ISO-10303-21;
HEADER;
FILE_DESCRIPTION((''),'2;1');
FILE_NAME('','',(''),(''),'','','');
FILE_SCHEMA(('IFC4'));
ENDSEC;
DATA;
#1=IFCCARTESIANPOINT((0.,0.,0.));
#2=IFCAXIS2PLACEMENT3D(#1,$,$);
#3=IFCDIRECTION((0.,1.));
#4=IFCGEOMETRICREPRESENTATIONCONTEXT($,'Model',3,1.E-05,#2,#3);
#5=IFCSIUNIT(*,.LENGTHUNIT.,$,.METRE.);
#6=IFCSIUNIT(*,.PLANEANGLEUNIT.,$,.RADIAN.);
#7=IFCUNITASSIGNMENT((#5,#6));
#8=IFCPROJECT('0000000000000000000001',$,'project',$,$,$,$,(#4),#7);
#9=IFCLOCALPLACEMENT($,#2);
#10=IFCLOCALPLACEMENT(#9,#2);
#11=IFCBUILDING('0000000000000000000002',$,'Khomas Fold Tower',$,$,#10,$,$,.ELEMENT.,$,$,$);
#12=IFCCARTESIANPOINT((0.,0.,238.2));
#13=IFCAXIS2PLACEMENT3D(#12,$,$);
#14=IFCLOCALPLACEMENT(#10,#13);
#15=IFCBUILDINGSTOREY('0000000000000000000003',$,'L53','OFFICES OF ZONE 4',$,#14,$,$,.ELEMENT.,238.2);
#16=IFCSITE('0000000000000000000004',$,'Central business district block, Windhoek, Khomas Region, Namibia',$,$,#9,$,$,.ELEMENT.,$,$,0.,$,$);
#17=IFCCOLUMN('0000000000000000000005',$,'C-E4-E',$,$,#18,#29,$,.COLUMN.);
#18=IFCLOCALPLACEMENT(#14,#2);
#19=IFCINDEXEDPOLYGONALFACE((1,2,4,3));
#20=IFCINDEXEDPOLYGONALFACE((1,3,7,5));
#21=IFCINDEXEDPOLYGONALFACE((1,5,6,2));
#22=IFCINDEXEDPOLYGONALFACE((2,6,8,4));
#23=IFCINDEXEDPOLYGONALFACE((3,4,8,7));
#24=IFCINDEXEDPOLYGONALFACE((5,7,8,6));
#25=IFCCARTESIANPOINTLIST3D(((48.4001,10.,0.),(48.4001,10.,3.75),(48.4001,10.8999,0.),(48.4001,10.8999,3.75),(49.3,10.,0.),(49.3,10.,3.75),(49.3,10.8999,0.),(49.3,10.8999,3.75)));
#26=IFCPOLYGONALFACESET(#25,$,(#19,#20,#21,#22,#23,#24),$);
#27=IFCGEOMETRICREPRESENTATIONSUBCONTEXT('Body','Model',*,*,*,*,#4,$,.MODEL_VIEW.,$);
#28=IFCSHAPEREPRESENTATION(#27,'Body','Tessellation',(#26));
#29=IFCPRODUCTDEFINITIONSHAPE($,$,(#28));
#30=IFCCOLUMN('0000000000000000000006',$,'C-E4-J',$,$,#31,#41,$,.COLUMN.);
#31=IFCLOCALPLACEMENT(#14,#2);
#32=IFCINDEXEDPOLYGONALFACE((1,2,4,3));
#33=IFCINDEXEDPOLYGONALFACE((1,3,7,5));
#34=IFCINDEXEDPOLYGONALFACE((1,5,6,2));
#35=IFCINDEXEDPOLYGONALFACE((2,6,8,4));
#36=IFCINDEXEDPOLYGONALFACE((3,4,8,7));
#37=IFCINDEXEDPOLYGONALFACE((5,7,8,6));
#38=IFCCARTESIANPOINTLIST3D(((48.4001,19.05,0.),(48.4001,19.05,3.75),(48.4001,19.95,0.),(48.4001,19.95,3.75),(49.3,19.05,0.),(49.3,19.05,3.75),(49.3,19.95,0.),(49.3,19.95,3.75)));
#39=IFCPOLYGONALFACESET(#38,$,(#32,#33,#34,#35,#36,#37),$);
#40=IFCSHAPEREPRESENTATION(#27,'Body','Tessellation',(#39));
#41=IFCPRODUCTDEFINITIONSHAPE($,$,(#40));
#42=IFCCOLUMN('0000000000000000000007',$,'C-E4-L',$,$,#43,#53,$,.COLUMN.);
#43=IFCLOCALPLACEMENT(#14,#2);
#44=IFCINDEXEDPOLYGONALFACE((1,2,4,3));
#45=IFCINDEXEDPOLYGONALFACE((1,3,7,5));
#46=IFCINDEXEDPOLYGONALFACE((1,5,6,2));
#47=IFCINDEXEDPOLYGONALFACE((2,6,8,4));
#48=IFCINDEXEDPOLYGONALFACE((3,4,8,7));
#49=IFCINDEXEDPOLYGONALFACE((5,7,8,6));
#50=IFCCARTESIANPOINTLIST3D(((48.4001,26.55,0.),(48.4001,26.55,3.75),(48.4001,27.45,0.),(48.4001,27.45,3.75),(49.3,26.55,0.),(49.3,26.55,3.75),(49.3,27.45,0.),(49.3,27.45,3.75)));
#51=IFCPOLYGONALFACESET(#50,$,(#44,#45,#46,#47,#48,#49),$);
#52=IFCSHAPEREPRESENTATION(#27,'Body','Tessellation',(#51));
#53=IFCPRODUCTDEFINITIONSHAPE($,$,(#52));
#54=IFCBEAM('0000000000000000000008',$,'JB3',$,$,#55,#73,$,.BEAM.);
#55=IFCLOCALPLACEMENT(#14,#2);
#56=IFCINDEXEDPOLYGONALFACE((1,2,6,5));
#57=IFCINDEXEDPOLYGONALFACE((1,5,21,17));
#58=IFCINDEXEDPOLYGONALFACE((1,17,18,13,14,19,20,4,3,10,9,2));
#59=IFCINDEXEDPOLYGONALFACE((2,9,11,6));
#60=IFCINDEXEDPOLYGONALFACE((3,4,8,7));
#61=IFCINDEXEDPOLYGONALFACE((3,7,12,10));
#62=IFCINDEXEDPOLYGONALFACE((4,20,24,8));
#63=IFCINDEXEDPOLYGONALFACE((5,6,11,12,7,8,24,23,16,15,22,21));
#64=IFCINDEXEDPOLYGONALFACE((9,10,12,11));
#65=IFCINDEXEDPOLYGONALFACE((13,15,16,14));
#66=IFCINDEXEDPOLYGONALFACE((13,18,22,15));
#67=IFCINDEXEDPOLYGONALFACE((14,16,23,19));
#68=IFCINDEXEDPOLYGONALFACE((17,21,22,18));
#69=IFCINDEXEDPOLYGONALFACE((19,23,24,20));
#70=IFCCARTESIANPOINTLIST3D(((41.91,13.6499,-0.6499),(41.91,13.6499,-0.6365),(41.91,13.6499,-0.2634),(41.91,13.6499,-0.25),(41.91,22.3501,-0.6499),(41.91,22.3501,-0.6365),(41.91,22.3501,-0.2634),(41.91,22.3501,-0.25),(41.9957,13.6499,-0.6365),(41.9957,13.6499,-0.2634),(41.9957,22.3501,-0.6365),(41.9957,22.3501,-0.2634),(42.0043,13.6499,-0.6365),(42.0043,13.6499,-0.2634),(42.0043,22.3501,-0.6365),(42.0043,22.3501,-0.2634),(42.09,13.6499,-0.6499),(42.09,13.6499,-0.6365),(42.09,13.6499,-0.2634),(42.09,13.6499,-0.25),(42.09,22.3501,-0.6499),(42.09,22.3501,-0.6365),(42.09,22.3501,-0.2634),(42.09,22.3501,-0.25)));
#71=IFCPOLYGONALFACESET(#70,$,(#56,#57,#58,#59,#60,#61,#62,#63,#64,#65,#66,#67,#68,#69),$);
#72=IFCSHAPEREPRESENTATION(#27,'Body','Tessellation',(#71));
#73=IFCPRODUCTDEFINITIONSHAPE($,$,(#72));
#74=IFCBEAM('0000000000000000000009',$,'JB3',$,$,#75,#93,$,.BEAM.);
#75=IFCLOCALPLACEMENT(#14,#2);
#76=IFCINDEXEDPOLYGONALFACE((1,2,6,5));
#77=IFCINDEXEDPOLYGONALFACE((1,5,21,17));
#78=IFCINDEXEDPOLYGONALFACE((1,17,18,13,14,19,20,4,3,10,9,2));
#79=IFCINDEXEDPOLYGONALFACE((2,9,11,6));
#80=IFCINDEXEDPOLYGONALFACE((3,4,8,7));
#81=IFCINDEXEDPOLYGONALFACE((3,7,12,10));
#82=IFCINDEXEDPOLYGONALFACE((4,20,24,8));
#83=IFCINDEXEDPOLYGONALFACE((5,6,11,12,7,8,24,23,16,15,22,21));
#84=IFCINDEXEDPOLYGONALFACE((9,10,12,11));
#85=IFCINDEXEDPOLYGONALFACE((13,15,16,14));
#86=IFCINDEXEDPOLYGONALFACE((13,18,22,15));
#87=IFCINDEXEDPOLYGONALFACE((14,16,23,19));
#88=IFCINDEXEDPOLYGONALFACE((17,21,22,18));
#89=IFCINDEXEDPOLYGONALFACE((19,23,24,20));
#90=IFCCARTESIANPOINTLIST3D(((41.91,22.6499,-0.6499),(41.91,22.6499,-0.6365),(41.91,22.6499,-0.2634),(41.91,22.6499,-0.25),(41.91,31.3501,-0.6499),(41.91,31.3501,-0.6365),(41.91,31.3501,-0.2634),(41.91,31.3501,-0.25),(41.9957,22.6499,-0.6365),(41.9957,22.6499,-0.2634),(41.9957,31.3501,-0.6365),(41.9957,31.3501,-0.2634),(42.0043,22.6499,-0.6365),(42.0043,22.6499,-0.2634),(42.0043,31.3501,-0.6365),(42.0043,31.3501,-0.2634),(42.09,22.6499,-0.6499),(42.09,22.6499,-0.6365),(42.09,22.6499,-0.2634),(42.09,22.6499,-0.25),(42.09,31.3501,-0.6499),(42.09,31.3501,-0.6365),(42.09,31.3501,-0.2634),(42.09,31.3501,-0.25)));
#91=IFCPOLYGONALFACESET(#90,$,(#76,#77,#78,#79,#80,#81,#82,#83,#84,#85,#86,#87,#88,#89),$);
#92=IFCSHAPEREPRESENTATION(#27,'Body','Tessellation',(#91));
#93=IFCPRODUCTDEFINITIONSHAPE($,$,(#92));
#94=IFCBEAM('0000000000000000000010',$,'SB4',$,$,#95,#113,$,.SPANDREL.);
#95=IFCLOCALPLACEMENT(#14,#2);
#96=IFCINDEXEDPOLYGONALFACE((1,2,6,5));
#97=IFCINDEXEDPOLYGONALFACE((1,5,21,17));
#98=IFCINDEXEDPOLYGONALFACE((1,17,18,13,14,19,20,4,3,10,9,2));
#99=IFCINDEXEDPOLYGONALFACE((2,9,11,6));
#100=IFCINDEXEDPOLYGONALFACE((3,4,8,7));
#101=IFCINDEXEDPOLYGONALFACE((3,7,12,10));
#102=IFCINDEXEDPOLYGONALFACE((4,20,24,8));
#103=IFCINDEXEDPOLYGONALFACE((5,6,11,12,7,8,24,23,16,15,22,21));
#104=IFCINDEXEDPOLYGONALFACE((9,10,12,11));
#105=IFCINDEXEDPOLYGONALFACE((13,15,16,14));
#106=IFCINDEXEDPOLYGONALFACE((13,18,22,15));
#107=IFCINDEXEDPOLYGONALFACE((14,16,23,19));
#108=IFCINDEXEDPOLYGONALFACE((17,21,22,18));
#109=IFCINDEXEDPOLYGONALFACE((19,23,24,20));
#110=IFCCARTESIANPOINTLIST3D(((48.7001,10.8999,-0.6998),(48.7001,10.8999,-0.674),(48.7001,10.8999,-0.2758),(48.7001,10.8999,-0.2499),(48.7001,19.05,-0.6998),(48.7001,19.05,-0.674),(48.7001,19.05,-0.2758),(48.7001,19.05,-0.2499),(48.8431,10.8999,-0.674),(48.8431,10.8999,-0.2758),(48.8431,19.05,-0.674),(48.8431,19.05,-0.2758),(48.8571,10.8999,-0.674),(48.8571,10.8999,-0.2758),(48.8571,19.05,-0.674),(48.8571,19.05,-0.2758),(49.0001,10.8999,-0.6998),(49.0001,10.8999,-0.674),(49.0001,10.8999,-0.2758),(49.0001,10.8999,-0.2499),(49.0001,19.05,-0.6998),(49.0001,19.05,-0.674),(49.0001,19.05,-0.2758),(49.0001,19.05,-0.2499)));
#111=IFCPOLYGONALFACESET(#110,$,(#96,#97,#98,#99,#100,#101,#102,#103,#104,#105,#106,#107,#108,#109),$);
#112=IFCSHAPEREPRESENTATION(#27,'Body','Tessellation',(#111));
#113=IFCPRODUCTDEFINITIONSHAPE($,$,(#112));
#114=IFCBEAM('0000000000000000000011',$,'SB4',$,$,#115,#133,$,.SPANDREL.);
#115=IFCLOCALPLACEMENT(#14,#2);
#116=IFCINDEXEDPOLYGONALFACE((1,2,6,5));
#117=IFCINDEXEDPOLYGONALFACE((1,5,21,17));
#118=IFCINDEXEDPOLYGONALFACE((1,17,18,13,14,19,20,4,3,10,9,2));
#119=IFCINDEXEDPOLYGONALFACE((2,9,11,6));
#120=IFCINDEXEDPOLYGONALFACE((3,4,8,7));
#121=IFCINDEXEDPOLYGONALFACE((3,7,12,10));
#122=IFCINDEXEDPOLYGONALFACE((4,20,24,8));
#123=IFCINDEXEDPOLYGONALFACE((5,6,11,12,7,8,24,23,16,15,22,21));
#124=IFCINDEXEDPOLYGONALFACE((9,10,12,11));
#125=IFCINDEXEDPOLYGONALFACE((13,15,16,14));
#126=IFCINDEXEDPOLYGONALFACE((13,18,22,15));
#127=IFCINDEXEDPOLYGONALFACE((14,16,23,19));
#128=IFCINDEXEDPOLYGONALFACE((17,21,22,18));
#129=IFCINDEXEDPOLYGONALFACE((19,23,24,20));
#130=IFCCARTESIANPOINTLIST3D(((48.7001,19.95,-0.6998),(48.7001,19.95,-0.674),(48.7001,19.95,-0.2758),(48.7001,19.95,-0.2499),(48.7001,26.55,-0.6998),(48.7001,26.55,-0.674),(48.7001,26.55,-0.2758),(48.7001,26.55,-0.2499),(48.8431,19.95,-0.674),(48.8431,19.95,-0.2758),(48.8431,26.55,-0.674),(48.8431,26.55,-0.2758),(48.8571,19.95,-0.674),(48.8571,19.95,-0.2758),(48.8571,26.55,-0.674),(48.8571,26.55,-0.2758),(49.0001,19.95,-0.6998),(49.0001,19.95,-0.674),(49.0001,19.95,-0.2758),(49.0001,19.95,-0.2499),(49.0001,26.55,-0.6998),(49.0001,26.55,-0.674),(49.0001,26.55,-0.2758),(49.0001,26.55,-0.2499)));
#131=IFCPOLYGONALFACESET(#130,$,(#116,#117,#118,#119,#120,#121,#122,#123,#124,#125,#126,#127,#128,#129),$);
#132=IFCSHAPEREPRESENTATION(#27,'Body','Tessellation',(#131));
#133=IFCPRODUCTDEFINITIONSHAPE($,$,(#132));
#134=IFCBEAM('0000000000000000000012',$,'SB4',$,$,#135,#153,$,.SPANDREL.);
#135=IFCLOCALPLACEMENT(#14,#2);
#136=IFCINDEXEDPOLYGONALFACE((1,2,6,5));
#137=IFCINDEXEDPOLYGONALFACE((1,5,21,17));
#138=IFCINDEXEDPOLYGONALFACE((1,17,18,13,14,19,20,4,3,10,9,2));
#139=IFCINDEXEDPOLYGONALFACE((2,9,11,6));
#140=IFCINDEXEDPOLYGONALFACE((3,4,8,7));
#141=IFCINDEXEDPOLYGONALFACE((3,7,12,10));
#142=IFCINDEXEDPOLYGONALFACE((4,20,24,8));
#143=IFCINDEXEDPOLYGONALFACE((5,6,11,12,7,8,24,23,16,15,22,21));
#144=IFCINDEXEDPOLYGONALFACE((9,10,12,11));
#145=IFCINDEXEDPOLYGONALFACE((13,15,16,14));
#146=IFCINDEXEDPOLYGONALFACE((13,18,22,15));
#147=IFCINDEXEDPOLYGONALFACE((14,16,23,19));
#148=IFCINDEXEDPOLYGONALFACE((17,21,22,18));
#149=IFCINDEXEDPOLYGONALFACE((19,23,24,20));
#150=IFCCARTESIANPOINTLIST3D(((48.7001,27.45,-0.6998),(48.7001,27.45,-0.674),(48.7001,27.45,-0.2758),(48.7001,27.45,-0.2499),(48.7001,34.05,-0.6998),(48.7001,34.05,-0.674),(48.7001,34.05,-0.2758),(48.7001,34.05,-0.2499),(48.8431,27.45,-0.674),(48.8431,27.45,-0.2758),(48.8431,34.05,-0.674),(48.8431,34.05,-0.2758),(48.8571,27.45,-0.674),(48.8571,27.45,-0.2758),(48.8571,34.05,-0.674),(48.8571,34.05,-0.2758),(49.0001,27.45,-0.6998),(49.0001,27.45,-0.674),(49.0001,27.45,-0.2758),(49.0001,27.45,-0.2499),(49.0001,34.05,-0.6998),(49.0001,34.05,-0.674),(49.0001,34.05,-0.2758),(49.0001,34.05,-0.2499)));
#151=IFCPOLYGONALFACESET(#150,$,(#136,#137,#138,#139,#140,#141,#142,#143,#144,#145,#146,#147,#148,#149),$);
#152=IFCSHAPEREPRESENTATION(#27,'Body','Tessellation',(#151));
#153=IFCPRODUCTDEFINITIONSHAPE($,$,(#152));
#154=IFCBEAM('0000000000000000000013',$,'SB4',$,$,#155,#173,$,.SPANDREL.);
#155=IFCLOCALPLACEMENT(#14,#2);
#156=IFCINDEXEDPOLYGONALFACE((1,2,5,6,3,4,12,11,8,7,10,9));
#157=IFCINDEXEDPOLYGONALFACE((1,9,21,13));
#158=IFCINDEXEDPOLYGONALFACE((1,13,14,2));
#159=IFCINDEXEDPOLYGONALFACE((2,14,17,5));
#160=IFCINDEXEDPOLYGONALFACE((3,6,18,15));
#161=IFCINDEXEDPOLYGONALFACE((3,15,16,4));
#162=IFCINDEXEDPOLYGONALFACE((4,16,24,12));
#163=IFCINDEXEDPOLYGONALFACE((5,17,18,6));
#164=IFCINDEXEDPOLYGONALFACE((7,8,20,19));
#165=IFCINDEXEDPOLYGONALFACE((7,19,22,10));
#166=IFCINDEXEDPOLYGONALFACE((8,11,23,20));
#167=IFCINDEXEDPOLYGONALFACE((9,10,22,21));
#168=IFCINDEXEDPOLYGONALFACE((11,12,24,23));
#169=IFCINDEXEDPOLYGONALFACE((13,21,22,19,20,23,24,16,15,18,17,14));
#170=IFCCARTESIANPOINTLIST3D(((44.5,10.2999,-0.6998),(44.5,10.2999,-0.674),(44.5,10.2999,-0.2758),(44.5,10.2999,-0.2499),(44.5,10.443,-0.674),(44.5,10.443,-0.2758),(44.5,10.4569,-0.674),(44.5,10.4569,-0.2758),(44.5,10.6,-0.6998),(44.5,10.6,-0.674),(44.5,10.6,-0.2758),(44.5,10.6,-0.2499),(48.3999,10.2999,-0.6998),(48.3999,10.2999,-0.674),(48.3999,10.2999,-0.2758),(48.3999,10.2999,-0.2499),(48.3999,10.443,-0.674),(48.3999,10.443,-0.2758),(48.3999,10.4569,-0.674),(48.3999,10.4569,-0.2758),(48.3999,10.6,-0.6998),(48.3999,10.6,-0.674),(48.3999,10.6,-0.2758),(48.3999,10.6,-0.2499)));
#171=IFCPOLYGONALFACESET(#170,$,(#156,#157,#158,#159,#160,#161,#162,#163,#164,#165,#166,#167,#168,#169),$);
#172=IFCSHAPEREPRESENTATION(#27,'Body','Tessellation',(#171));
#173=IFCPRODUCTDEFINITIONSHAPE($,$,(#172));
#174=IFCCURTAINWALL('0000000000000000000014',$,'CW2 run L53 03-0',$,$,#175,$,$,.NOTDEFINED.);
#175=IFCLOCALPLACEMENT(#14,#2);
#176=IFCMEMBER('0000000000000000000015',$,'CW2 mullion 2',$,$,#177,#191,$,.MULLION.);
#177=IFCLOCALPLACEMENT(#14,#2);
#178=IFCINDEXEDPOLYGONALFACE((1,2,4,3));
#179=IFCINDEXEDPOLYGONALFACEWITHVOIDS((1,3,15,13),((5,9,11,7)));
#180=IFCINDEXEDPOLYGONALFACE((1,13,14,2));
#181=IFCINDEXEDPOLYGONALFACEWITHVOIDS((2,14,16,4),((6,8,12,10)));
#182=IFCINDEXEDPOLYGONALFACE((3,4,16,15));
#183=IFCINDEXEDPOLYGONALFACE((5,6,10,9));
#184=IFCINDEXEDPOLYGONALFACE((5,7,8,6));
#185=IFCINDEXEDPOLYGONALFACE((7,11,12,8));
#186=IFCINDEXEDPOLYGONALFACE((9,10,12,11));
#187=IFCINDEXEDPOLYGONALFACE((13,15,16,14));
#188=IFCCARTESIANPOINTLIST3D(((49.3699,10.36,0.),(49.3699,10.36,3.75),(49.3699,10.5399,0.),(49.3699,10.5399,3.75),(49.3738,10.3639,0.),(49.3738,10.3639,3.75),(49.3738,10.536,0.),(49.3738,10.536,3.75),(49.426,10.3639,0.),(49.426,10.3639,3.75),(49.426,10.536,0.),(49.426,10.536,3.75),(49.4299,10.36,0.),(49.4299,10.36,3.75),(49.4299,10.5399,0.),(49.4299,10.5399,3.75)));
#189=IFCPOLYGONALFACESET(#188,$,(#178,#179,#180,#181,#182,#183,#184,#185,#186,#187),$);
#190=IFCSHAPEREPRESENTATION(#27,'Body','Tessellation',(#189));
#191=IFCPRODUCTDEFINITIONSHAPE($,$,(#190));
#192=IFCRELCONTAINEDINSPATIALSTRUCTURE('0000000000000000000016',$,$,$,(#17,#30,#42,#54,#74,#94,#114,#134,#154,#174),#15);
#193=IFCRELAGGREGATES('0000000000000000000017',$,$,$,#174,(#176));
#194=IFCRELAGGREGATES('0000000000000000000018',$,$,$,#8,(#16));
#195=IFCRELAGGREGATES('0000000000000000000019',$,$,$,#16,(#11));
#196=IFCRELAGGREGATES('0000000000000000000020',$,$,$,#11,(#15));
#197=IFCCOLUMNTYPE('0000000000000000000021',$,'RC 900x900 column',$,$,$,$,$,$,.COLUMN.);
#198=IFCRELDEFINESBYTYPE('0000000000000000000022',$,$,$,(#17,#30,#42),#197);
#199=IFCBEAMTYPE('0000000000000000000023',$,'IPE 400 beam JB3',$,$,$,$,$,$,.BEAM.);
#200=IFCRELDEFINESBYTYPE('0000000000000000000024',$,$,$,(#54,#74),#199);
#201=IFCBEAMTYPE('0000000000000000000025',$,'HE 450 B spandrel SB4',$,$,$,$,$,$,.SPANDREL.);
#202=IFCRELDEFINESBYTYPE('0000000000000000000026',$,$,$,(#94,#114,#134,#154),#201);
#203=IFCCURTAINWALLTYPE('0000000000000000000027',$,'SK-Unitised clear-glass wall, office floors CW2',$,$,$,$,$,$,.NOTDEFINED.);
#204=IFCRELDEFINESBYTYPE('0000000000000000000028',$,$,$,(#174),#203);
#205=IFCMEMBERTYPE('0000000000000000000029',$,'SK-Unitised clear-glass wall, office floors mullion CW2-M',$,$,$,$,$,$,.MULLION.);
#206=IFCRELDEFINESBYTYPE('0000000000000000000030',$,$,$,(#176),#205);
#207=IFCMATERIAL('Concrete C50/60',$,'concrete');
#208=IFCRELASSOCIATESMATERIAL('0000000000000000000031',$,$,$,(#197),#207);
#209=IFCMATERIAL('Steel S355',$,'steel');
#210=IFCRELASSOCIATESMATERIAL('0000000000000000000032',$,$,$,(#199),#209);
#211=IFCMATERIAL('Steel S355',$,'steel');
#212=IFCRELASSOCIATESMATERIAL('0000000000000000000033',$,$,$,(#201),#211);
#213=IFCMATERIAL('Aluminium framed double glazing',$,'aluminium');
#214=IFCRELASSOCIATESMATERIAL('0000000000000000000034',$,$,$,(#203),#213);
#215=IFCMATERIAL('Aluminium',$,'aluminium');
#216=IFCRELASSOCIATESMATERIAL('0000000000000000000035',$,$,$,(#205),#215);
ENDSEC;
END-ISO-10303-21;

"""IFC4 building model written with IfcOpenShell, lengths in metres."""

from ifc_helpers import new_model, si_unit, direction, frame, origin, origin_2d, place, context, subcontext, project, spatial, rectangle, hollow_rectangle, i_section, extrude, source, transform, mapped, material, material_profile, profile_set, type_object, element, aggregate, save


model = new_model("IFC4")

# Units and contexts
model_context = context("Model", 3, precision=1e-05, world=origin(), true_north=direction((0.0, 1.0)))
body_context = subcontext(model_context, "Body", "Model", "MODEL_VIEW")
ifc_project = project(units=[si_unit("LENGTHUNIT", "METRE"), si_unit("PLANEANGLEUNIT", "RADIAN")], contexts=[model_context])

# Site, building, storey
site_placement = place(None, origin())
site = spatial("IfcSite", under=ifc_project, at=site_placement, Name="Central business district block, Windhoek, Khomas Region, Namibia", CompositionType="ELEMENT", RefElevation=0.0)
building_placement = place(site_placement, origin())
building = spatial("IfcBuilding", under=site, at=building_placement, Name="Khomas Fold Tower", CompositionType="ELEMENT")
storey_placement = place(building_placement, frame((0.0, 0.0, 238.2)))
storey = spatial("IfcBuildingStorey", under=building, at=storey_placement, Name="L53", Description="OFFICES OF ZONE 4", CompositionType="ELEMENT", Elevation=238.2)

# Columns
ifc_material_1 = material(Name="Concrete C50/60", Category="concrete")
ifc_material_profile_1 = material_profile(ifc_material_1, rectangle(XDim=0.8999, YDim=0.8999, at=origin_2d()), Name="RC 900x900")
ifc_profile_set_1 = profile_set([ifc_material_profile_1], Name="Concrete C50/60")
column_type = type_object("IfcColumnType", Name="RC 900x900 column", PredefinedType="COLUMN", material=ifc_profile_set_1)
shared_shape_1 = source(origin(), body_context, "Body", "SweptSolid", [
    extrude(rectangle(XDim=0.8999, YDim=0.8999, at=origin_2d()), origin(), (0.0, 0.0, 1.0), 3.75),
])
for number, where, z_axis, x_axis, name in (
    (1, (48.8501, 10.45, 0.0), (0.0, 0.0, 1.0), (1.0, 0.0, 0.0), "C-E4-E"),
    (2, (48.8501, 19.5, 0.0), (0.0, 0.0, 1.0), (1.0, 0.0, 0.0), "C-E4-J"),
    (3, (48.8501, 27.0, 0.0), (0.0, 0.0, 1.0), (1.0, 0.0, 0.0), "C-E4-L"),
):
    element("IfcColumn", number, at=place(storey_placement, frame(where, z_axis=z_axis, x_axis=x_axis)), inside=storey, type_object=column_type, Name=name, PredefinedType="COLUMN", context=body_context, shape_type="MappedRepresentation", body=[
        mapped(shared_shape_1, transform((0.0, 0.0, 0.0))),
    ])

# Beams
ifc_material_2 = material(Name="Steel S355", Category="steel")
ifc_material_profile_2 = material_profile(ifc_material_2, i_section(OverallWidth=0.1799, OverallDepth=0.3999, WebThickness=0.0085, FlangeThickness=0.0134, at=origin_2d()), Name="IPE 400")
ifc_profile_set_2 = profile_set([ifc_material_profile_2], Name="Steel S355")
beam_type_1 = type_object("IfcBeamType", Name="IPE 400 beam JB3", PredefinedType="BEAM", material=ifc_profile_set_2)
shared_shape_2 = source(origin(), body_context, "Body", "SweptSolid", [
    extrude(i_section(OverallWidth=0.1799, OverallDepth=0.3999, WebThickness=0.0085, FlangeThickness=0.0134, at=origin_2d()), origin(), (0.0, 0.0, 1.0), 8.7002),
])
for number, where, z_axis, x_axis, name in (
    (4, (42.0, 13.6499, -0.45), (0.0, 1.0, 0.0), (-1.0, 0.0, 0.0), "JB3"),
    (5, (42.0, 22.6499, -0.45), (0.0, 1.0, 0.0), (-1.0, 0.0, 0.0), "JB3"),
):
    element("IfcBeam", number, at=place(storey_placement, frame(where, z_axis=z_axis, x_axis=x_axis)), inside=storey, type_object=beam_type_1, Name=name, PredefinedType="BEAM", context=body_context, shape_type="MappedRepresentation", body=[
        mapped(shared_shape_2, transform((0.0, 0.0, 0.0))),
    ])
ifc_material_3 = material(Name="Steel S355", Category="steel")
ifc_material_profile_3 = material_profile(ifc_material_3, i_section(OverallWidth=0.3, OverallDepth=0.45, WebThickness=0.0139, FlangeThickness=0.0259, at=origin_2d()), Name="HE 450 B")
ifc_profile_set_3 = profile_set([ifc_material_profile_3], Name="Steel S355")
beam_type_2 = type_object("IfcBeamType", Name="HE 450 B spandrel SB4", PredefinedType="SPANDREL", material=ifc_profile_set_3)
shared_shape_3 = source(origin(), body_context, "Body", "SweptSolid", [
    extrude(i_section(OverallWidth=0.3, OverallDepth=0.45, WebThickness=0.0139, FlangeThickness=0.0259, at=origin_2d()), origin(), (0.0, 0.0, 1.0), 8.1501),
])
beam_1_placement = place(storey_placement, frame((48.8501, 10.8999, -0.4749), z_axis=(0.0, 1.0, 0.0), x_axis=(-1.0, 0.0, 0.0)))
element("IfcBeam", 6, at=beam_1_placement, inside=storey, type_object=beam_type_2, Name="SB4", PredefinedType="SPANDREL", context=body_context, shape_type="MappedRepresentation", body=[
    mapped(shared_shape_3, transform((0.0, 0.0, 0.0))),
])
shared_shape_4 = source(origin(), body_context, "Body", "SweptSolid", [
    extrude(i_section(OverallWidth=0.3, OverallDepth=0.45, WebThickness=0.0139, FlangeThickness=0.0259, at=origin_2d()), origin(), (0.0, 0.0, 1.0), 6.6001),
])
for number, where, z_axis, x_axis, name in (
    (7, (48.8501, 19.95, -0.4749), (0.0, 1.0, 0.0), (-1.0, 0.0, 0.0), "SB4"),
    (8, (48.8501, 27.45, -0.4749), (0.0, 1.0, 0.0), (-1.0, 0.0, 0.0), "SB4"),
):
    element("IfcBeam", number, at=place(storey_placement, frame(where, z_axis=z_axis, x_axis=x_axis)), inside=storey, type_object=beam_type_2, Name=name, PredefinedType="SPANDREL", context=body_context, shape_type="MappedRepresentation", body=[
        mapped(shared_shape_4, transform((0.0, 0.0, 0.0))),
    ])
shared_shape_5 = source(origin(), body_context, "Body", "SweptSolid", [
    extrude(i_section(OverallWidth=0.3, OverallDepth=0.45, WebThickness=0.0139, FlangeThickness=0.0259, at=origin_2d()), origin(), (0.0, 0.0, 1.0), 3.8999),
])
beam_2_placement = place(storey_placement, frame((44.5, 10.45, -0.4749), z_axis=(1.0, 0.0, 0.0), x_axis=(0.0, 1.0, 0.0)))
element("IfcBeam", 9, at=beam_2_placement, inside=storey, type_object=beam_type_2, Name="SB4", PredefinedType="SPANDREL", context=body_context, shape_type="MappedRepresentation", body=[
    mapped(shared_shape_5, transform((0.0, 0.0, 0.0))),
])

# Curtain wall, member
ifc_material_4 = material(Name="Aluminium framed double glazing", Category="aluminium")
curtain_wall_type = type_object("IfcCurtainWallType", Name="SK-Unitised clear-glass wall, office floors CW2", PredefinedType="NOTDEFINED", material=ifc_material_4)
curtain_wall_placement = place(storey_placement, origin())
curtain_wall = element("IfcCurtainWall", 10, at=curtain_wall_placement, inside=storey, type_object=curtain_wall_type, Name="CW2 run L53 03-0", PredefinedType="NOTDEFINED")
ifc_material_5 = material(Name="Aluminium", Category="aluminium")
ifc_material_profile_4 = material_profile(ifc_material_5, hollow_rectangle(XDim=0.0601, YDim=0.1799, WallThickness=0.0039, at=origin_2d()), Name="SK-Unitised clear-glass wall, office floors mullion CW2-M")
ifc_profile_set_4 = profile_set([ifc_material_profile_4], Name="Aluminium")
member_type_1 = type_object("IfcMemberType", Name="SK-Unitised clear-glass wall, office floors mullion CW2-M", PredefinedType="MULLION", material=ifc_profile_set_4)
shared_shape_6 = source(origin(), body_context, "Body", "SweptSolid", [
    extrude(hollow_rectangle(XDim=0.0601, YDim=0.1799, WallThickness=0.0039, at=origin_2d()), origin(), (0.0, 0.0, 1.0), 3.75),
])
member_1_placement = place(storey_placement, frame((49.3999, 10.45, 0.0), z_axis=(0.0, 0.0, 1.0), x_axis=(-1.0, 0.0, 0.0)))
member_1 = element("IfcMember", 11, at=member_1_placement, type_object=member_type_1, Name="CW2 mullion 2", PredefinedType="MULLION", context=body_context, shape_type="MappedRepresentation", body=[
    mapped(shared_shape_6, transform((0.0, 0.0, 0.0))),
])
aggregate(curtain_wall, [member_1])

save(model, "model.ifc")
